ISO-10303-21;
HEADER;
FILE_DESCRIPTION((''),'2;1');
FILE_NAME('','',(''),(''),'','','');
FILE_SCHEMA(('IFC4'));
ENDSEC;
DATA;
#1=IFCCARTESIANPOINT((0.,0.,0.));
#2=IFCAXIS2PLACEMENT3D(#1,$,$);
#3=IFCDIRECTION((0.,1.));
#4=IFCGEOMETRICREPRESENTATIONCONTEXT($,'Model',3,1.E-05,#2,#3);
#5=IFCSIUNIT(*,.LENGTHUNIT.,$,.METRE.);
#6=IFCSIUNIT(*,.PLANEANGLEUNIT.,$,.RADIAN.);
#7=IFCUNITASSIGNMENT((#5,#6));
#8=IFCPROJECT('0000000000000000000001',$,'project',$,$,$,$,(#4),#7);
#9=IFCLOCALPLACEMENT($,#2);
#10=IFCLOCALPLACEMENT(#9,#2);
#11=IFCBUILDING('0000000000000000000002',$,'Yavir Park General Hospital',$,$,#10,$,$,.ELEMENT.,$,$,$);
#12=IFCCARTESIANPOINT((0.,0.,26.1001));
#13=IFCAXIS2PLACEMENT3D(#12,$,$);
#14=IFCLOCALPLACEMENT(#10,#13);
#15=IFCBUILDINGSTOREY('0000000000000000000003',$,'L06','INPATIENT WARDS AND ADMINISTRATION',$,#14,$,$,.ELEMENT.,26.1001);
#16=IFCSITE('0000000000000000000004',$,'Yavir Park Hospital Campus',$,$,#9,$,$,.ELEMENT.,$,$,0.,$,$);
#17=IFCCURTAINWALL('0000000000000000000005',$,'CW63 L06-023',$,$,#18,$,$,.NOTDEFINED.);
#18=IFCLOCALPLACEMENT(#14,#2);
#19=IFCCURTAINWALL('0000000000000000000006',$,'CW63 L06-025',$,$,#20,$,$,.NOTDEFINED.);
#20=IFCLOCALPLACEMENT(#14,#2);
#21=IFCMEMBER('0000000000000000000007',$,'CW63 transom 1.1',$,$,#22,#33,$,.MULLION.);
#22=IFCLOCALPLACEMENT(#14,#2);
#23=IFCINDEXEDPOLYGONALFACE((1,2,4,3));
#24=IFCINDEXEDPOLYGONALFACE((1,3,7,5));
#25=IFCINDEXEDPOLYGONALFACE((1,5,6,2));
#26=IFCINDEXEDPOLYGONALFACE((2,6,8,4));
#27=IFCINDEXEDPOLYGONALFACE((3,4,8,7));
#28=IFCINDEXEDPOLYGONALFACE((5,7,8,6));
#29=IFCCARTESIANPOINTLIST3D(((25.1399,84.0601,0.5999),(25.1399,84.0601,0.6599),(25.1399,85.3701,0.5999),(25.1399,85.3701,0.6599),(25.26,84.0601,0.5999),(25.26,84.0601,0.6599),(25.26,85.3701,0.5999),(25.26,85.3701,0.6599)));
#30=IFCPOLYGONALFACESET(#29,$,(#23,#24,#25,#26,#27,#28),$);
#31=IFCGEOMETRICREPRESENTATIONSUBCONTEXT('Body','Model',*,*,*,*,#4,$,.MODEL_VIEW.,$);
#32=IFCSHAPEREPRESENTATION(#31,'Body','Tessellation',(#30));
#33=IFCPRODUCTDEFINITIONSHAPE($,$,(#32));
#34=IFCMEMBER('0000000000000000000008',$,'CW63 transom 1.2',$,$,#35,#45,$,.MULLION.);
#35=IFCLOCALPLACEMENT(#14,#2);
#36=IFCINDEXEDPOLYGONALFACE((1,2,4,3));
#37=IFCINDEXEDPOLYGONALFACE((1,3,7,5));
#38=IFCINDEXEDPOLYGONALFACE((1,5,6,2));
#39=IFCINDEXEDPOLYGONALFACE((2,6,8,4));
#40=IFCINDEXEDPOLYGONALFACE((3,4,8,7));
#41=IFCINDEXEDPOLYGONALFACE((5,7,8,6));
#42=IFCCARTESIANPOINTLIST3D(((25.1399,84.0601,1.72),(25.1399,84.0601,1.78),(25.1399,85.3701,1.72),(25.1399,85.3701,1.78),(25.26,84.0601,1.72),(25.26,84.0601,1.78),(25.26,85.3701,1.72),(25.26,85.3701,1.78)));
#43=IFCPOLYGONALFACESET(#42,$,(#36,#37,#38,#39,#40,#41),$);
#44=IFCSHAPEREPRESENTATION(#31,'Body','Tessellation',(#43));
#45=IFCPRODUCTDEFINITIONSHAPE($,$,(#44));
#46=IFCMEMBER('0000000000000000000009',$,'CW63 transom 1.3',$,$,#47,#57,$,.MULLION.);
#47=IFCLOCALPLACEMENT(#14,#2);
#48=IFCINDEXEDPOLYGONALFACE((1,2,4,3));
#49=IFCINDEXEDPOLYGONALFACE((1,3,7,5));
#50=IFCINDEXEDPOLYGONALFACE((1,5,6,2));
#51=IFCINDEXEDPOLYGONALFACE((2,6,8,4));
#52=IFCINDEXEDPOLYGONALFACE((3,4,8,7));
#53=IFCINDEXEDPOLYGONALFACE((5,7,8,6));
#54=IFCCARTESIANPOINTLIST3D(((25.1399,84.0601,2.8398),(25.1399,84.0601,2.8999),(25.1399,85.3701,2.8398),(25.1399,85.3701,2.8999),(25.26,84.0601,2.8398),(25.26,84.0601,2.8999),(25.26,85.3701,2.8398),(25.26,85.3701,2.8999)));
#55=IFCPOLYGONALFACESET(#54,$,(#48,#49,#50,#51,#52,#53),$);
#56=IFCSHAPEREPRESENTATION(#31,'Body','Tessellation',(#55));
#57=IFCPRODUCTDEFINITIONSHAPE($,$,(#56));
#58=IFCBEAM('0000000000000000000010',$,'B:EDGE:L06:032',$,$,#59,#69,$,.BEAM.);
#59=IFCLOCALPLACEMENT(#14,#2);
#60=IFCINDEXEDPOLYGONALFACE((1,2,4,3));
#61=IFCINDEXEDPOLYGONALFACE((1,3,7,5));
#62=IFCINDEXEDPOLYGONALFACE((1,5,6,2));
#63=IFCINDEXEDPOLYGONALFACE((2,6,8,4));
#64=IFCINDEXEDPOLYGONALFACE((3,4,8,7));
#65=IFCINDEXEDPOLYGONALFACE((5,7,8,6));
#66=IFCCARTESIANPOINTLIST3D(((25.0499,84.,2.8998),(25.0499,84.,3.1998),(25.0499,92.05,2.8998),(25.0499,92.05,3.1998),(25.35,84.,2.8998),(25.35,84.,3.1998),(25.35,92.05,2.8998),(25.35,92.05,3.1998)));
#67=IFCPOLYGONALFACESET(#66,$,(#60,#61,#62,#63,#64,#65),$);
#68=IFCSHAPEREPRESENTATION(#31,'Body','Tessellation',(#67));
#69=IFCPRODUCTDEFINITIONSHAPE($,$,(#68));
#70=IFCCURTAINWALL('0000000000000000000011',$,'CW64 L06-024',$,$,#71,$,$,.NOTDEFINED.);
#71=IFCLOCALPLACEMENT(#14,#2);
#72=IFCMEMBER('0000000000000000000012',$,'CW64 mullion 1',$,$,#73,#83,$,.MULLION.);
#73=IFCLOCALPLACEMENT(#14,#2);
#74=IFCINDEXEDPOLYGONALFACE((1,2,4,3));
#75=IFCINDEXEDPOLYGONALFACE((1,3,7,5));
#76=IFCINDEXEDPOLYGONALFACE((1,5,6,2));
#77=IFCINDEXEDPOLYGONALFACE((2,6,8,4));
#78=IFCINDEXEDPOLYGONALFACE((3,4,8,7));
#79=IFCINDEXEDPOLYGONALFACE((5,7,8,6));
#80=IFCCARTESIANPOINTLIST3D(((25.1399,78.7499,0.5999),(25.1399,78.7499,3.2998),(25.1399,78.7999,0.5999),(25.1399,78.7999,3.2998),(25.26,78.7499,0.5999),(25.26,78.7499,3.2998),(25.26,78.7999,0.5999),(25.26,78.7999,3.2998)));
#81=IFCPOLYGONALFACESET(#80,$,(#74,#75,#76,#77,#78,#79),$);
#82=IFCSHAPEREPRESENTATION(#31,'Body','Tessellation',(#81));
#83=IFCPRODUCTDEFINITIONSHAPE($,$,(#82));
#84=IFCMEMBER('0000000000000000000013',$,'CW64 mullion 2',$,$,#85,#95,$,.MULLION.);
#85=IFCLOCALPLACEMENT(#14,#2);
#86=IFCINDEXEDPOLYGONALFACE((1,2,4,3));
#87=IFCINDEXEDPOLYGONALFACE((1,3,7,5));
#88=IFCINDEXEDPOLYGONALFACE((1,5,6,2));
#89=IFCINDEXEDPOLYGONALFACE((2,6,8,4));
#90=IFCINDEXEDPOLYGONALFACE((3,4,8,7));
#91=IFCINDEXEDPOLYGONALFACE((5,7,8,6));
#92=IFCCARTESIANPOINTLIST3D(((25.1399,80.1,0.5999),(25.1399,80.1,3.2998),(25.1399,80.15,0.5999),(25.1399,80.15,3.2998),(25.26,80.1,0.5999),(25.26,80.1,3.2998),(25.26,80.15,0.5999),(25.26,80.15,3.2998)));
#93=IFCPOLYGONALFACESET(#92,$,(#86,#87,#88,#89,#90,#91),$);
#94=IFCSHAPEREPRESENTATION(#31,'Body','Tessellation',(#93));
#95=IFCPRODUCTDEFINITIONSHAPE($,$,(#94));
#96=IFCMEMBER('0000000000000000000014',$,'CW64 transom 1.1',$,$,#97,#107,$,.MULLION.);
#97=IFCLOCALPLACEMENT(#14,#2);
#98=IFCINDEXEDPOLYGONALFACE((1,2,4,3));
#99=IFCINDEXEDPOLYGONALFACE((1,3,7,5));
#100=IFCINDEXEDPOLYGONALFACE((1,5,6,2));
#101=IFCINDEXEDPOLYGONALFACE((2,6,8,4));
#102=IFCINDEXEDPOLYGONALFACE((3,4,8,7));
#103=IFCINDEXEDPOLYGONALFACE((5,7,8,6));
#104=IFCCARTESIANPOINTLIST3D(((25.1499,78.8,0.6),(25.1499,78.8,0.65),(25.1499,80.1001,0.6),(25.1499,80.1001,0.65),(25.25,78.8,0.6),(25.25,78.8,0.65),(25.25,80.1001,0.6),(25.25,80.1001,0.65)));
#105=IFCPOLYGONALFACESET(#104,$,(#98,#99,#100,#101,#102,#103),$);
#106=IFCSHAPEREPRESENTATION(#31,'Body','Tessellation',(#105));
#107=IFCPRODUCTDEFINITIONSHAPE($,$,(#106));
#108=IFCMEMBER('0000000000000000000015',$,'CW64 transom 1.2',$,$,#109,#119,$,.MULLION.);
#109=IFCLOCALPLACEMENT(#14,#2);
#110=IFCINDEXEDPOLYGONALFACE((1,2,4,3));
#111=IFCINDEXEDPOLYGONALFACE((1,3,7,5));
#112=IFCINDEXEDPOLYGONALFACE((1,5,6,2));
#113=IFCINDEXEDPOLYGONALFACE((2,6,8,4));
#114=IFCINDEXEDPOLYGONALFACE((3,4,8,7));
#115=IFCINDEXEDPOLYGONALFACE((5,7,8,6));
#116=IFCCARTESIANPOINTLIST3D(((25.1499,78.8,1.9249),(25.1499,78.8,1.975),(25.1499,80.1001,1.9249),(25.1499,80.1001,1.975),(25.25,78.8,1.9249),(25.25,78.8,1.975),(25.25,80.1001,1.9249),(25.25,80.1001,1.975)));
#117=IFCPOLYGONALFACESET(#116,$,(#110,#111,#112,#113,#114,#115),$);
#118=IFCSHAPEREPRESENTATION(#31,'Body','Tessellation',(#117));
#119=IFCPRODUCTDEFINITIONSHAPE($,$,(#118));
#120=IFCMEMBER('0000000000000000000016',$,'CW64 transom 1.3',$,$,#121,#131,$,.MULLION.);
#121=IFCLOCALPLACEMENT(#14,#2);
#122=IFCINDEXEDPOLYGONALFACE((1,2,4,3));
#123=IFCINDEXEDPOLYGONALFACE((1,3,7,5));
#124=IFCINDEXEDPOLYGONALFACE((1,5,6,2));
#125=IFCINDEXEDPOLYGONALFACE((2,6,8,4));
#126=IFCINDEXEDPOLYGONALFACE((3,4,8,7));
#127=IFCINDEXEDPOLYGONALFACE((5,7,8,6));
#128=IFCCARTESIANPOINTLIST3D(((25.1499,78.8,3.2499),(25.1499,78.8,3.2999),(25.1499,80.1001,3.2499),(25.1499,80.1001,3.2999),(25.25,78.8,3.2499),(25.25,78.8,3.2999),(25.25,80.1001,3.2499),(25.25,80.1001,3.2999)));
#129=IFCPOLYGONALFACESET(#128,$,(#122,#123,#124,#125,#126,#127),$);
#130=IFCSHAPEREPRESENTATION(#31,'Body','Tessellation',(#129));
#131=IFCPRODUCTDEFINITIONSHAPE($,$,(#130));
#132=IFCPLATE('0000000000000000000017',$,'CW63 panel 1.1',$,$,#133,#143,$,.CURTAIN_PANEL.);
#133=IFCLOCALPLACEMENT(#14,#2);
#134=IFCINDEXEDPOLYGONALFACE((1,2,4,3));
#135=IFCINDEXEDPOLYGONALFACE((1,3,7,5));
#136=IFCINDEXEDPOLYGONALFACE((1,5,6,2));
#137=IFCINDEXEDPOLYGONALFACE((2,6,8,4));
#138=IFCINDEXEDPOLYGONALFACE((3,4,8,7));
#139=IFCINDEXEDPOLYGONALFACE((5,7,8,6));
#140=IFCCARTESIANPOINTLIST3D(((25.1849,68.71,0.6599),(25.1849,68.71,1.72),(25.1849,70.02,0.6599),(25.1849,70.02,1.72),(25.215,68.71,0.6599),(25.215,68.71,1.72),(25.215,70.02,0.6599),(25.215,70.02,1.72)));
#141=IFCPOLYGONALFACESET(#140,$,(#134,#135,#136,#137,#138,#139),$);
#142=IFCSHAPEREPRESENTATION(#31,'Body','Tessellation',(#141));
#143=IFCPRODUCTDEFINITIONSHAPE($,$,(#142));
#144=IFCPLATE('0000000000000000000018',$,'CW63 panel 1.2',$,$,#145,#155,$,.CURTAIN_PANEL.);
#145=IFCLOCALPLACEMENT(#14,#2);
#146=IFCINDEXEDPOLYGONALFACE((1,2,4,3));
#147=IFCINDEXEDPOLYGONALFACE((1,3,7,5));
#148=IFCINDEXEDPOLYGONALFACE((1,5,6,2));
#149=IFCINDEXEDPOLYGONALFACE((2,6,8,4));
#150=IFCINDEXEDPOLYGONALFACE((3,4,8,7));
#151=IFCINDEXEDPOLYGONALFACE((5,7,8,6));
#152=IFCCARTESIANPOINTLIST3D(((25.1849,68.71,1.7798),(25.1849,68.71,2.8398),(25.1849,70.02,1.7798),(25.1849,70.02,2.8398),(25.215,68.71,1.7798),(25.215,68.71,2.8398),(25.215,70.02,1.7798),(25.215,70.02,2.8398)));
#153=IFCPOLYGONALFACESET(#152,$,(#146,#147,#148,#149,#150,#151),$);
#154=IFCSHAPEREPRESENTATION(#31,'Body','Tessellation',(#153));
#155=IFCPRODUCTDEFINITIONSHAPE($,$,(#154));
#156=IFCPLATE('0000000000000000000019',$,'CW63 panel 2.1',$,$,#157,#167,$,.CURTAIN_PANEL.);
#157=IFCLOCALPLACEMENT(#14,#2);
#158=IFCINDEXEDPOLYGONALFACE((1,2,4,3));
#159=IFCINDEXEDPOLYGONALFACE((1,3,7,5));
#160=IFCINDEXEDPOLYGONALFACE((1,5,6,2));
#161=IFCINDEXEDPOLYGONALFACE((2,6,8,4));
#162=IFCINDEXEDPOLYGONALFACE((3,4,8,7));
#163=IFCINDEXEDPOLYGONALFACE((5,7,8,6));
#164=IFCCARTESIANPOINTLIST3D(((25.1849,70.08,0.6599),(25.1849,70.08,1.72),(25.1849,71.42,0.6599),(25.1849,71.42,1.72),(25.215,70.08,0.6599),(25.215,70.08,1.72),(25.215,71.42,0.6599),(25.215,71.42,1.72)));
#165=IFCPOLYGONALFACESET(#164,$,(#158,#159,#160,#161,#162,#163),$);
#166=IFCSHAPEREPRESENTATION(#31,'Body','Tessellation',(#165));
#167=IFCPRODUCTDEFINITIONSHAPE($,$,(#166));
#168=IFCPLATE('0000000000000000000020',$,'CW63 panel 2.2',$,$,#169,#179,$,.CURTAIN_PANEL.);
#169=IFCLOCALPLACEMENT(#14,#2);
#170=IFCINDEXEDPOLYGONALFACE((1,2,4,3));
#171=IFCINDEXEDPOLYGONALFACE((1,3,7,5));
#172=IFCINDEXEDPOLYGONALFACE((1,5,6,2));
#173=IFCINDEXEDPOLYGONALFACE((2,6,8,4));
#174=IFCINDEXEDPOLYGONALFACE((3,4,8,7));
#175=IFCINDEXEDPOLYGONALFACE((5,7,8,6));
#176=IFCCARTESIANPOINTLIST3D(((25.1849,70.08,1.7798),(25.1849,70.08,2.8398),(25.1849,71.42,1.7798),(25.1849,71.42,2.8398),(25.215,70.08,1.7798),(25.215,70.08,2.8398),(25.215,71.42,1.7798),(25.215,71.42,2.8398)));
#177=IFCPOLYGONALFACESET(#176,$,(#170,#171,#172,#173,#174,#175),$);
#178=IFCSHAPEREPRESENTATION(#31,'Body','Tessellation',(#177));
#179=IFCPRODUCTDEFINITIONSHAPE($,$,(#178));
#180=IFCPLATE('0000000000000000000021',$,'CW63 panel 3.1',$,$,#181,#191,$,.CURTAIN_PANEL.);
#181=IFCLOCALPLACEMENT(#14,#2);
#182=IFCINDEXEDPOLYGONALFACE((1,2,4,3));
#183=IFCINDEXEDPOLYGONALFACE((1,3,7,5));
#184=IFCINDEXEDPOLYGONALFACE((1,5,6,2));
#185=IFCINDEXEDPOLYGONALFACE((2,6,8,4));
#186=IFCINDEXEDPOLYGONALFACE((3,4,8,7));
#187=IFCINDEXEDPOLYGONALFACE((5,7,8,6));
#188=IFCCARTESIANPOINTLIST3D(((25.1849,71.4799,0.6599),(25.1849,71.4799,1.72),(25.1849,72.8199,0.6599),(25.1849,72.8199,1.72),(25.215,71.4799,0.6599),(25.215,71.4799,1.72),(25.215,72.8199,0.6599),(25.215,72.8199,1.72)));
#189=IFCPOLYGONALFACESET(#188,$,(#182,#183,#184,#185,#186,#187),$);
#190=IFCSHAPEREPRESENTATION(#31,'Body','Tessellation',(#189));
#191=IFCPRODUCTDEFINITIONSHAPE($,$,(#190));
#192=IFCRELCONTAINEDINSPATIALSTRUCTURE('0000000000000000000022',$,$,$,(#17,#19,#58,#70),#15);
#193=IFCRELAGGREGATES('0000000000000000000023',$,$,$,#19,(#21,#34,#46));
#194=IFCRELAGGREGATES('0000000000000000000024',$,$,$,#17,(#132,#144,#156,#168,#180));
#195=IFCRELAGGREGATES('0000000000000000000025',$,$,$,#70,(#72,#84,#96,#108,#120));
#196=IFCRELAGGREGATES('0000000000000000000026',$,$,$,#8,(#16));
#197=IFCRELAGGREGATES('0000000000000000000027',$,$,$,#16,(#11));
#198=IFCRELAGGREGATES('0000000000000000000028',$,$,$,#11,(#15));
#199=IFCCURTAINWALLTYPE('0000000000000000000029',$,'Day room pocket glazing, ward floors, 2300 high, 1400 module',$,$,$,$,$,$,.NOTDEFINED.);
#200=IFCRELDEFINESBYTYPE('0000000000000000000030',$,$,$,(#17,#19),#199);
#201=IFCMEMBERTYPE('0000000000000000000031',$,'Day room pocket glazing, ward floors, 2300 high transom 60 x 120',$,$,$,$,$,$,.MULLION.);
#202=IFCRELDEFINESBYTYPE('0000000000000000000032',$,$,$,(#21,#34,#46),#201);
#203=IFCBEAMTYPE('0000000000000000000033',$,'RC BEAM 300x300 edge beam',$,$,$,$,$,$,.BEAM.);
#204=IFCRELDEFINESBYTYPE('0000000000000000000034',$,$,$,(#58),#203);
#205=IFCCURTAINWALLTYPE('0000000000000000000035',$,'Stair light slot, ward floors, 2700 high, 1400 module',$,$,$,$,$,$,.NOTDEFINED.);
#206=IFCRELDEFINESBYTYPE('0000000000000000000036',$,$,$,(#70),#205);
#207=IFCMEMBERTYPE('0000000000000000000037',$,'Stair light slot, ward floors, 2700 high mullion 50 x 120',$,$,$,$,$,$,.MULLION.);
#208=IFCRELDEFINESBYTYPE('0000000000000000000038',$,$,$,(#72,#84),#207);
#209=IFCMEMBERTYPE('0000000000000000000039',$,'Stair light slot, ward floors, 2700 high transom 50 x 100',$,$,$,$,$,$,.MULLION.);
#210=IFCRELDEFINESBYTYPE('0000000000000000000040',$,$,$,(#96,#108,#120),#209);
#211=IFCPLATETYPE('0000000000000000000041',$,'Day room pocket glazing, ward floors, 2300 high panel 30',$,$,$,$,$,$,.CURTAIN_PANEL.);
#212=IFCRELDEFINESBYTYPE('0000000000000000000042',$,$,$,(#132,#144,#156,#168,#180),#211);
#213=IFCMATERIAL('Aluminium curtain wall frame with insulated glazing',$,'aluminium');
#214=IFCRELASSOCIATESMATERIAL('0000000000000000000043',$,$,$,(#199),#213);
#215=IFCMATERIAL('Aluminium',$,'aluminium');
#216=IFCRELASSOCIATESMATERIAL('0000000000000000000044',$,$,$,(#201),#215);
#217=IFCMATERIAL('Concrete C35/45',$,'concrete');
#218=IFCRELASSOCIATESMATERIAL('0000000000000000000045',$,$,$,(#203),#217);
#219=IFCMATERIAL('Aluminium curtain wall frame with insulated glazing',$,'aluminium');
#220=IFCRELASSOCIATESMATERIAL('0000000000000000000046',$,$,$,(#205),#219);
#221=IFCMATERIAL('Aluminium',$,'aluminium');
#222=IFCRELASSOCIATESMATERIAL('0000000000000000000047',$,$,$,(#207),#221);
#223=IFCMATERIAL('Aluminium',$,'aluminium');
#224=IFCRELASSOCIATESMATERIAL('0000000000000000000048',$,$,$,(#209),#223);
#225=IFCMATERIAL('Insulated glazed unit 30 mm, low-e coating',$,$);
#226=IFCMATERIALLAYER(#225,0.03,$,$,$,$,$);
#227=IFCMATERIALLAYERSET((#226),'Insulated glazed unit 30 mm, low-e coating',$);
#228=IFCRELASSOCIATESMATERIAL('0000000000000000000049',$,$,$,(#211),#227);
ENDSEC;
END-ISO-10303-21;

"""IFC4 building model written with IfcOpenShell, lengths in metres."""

from ifc_helpers import new_model, si_unit, direction, frame, origin, origin_2d, place, context, subcontext, project, spatial, rectangle, extrude, material, layer, layer_set, material_profile, profile_set, type_object, element, aggregate, save


model = new_model("IFC4")

# Units and contexts
model_context = context("Model", 3, precision=1e-05, world=origin(), true_north=direction((0.0, 1.0)))
body_context = subcontext(model_context, "Body", "Model", "MODEL_VIEW")
ifc_project = project(units=[si_unit("LENGTHUNIT", "METRE"), si_unit("PLANEANGLEUNIT", "RADIAN")], contexts=[model_context])

# Site, building, storey
site_placement = place(None, origin())
site = spatial("IfcSite", under=ifc_project, at=site_placement, Name="Yavir Park Hospital Campus", CompositionType="ELEMENT", RefElevation=0.0)
building_placement = place(site_placement, origin())
building = spatial("IfcBuilding", under=site, at=building_placement, Name="Yavir Park General Hospital", CompositionType="ELEMENT")
storey_placement = place(building_placement, frame((0.0, 0.0, 26.1001)))
storey = spatial("IfcBuildingStorey", under=building, at=storey_placement, Name="L06", Description="INPATIENT WARDS AND ADMINISTRATION", CompositionType="ELEMENT", Elevation=26.1001)

# Curtain wall
ifc_material_1 = material(Name="Aluminium curtain wall frame with insulated glazing", Category="aluminium")
curtain_wall_type_1 = type_object("IfcCurtainWallType", Name="Day room pocket glazing, ward floors, 2300 high, 1400 module", PredefinedType="NOTDEFINED", material=ifc_material_1)
curtain_wall_1_placement = place(storey_placement, origin())
curtain_wall_1 = element("IfcCurtainWall", 1, at=curtain_wall_1_placement, inside=storey, type_object=curtain_wall_type_1, Name="CW63 L06-023", PredefinedType="NOTDEFINED")

# Curtain wall
curtain_wall_2_placement = place(storey_placement, origin())
curtain_wall_2 = element("IfcCurtainWall", 2, at=curtain_wall_2_placement, inside=storey, type_object=curtain_wall_type_1, Name="CW63 L06-025", PredefinedType="NOTDEFINED")

# Members
ifc_material_2 = material(Name="Aluminium", Category="aluminium")
ifc_material_profile_1 = material_profile(ifc_material_2, rectangle(XDim=0.1201, YDim=0.0601, at=origin_2d()), Name="AL 120x60")
ifc_profile_set_1 = profile_set([ifc_material_profile_1], Name="Aluminium")
member_type_1 = type_object("IfcMemberType", Name="Day room pocket glazing, ward floors, 2300 high transom 60 x 120", PredefinedType="MULLION", material=ifc_profile_set_1)
member_1_placement = place(storey_placement, frame((25.2, 84.0601, 0.6299), z_axis=(0.0, 1.0, 0.0), x_axis=(-1.0, 0.0, 0.0)))
member_1 = element("IfcMember", 3, at=member_1_placement, type_object=member_type_1, Name="CW63 transom 1.1", PredefinedType="MULLION", context=body_context, shape_type="SweptSolid", body=[
    extrude(rectangle(XDim=0.1201, YDim=0.0601, at=origin_2d()), origin(), (0.0, 0.0, 1.0), 1.3101),
])
member_2_placement = place(storey_placement, frame((25.2, 84.0601, 1.75), z_axis=(0.0, 1.0, 0.0), x_axis=(-1.0, 0.0, 0.0)))
member_2 = element("IfcMember", 4, at=member_2_placement, type_object=member_type_1, Name="CW63 transom 1.2", PredefinedType="MULLION", context=body_context, shape_type="SweptSolid", body=[
    extrude(rectangle(XDim=0.1201, YDim=0.0601, at=origin_2d()), origin(), (0.0, 0.0, 1.0), 1.3101),
])
member_3_placement = place(storey_placement, frame((25.2, 84.0601, 2.8699), z_axis=(0.0, 1.0, 0.0), x_axis=(-1.0, 0.0, 0.0)))
member_3 = element("IfcMember", 5, at=member_3_placement, type_object=member_type_1, Name="CW63 transom 1.3", PredefinedType="MULLION", context=body_context, shape_type="SweptSolid", body=[
    extrude(rectangle(XDim=0.1201, YDim=0.0601, at=origin_2d()), origin(), (0.0, 0.0, 1.0), 1.3101),
])
aggregate(curtain_wall_2, [member_1, member_2, member_3])

# Beam
ifc_material_3 = material(Name="Concrete C35/45", Category="concrete")
ifc_material_profile_2 = material_profile(ifc_material_3, rectangle(XDim=0.3, YDim=0.3, at=origin_2d()), Name="RC300x300")
ifc_profile_set_2 = profile_set([ifc_material_profile_2], Name="Concrete C35/45")
beam_type = type_object("IfcBeamType", Name="RC BEAM 300x300 edge beam", PredefinedType="BEAM", material=ifc_profile_set_2)
beam_placement = place(storey_placement, frame((25.2, 84.0, 3.0498), z_axis=(0.0, 1.0, 0.0), x_axis=(-1.0, 0.0, 0.0)))
element("IfcBeam", 6, at=beam_placement, inside=storey, type_object=beam_type, Name="B:EDGE:L06:032", PredefinedType="BEAM", context=body_context, shape_type="SweptSolid", body=[
    extrude(rectangle(XDim=0.3, YDim=0.3, at=origin_2d()), origin(), (0.0, 0.0, 1.0), 8.05),
])

# Curtain wall, members
ifc_material_4 = material(Name="Aluminium curtain wall frame with insulated glazing", Category="aluminium")
curtain_wall_type_2 = type_object("IfcCurtainWallType", Name="Stair light slot, ward floors, 2700 high, 1400 module", PredefinedType="NOTDEFINED", material=ifc_material_4)
curtain_wall_3_placement = place(storey_placement, origin())
curtain_wall_3 = element("IfcCurtainWall", 7, at=curtain_wall_3_placement, inside=storey, type_object=curtain_wall_type_2, Name="CW64 L06-024", PredefinedType="NOTDEFINED")
ifc_material_5 = material(Name="Aluminium", Category="aluminium")
ifc_material_profile_3 = material_profile(ifc_material_5, rectangle(XDim=0.1201, YDim=0.05, at=origin_2d()), Name="AL 50x120")
ifc_profile_set_3 = profile_set([ifc_material_profile_3], Name="Aluminium")
member_type_2 = type_object("IfcMemberType", Name="Stair light slot, ward floors, 2700 high mullion 50 x 120", PredefinedType="MULLION", material=ifc_profile_set_3)
member_4_placement = place(storey_placement, frame((25.2, 78.7749, 0.5999), z_axis=(0.0, 0.0, 1.0), x_axis=(-1.0, 0.0, 0.0)))
member_4 = element("IfcMember", 8, at=member_4_placement, type_object=member_type_2, Name="CW64 mullion 1", PredefinedType="MULLION", context=body_context, shape_type="SweptSolid", body=[
    extrude(rectangle(XDim=0.1201, YDim=0.05, at=origin_2d()), origin(), (0.0, 0.0, 1.0), 2.7),
])
member_5_placement = place(storey_placement, frame((25.2, 80.125, 0.5999), z_axis=(0.0, 0.0, 1.0), x_axis=(-1.0, 0.0, 0.0)))
member_5 = element("IfcMember", 9, at=member_5_placement, type_object=member_type_2, Name="CW64 mullion 2", PredefinedType="MULLION", context=body_context, shape_type="SweptSolid", body=[
    extrude(rectangle(XDim=0.1201, YDim=0.05, at=origin_2d()), origin(), (0.0, 0.0, 1.0), 2.7),
])
ifc_material_6 = material(Name="Aluminium", Category="aluminium")
ifc_material_profile_4 = material_profile(ifc_material_6, rectangle(XDim=0.1001, YDim=0.05, at=origin_2d()), Name="AL 100x50")
ifc_profile_set_4 = profile_set([ifc_material_profile_4], Name="Aluminium")
member_type_3 = type_object("IfcMemberType", Name="Stair light slot, ward floors, 2700 high transom 50 x 100", PredefinedType="MULLION", material=ifc_profile_set_4)
member_6_placement = place(storey_placement, frame((25.2, 78.8, 0.625), z_axis=(0.0, 1.0, 0.0), x_axis=(-1.0, 0.0, 0.0)))
member_6 = element("IfcMember", 10, at=member_6_placement, type_object=member_type_3, Name="CW64 transom 1.1", PredefinedType="MULLION", context=body_context, shape_type="SweptSolid", body=[
    extrude(rectangle(XDim=0.1001, YDim=0.05, at=origin_2d()), origin(), (0.0, 0.0, 1.0), 1.3),
])
member_7_placement = place(storey_placement, frame((25.2, 78.8, 1.95), z_axis=(0.0, 1.0, 0.0), x_axis=(-1.0, 0.0, 0.0)))
member_7 = element("IfcMember", 11, at=member_7_placement, type_object=member_type_3, Name="CW64 transom 1.2", PredefinedType="MULLION", context=body_context, shape_type="SweptSolid", body=[
    extrude(rectangle(XDim=0.1001, YDim=0.05, at=origin_2d()), origin(), (0.0, 0.0, 1.0), 1.3),
])
member_8_placement = place(storey_placement, frame((25.2, 78.8, 3.2749), z_axis=(0.0, 1.0, 0.0), x_axis=(-1.0, 0.0, 0.0)))
member_8 = element("IfcMember", 12, at=member_8_placement, type_object=member_type_3, Name="CW64 transom 1.3", PredefinedType="MULLION", context=body_context, shape_type="SweptSolid", body=[
    extrude(rectangle(XDim=0.1001, YDim=0.05, at=origin_2d()), origin(), (0.0, 0.0, 1.0), 1.3),
])

# Plates
ifc_material_7 = material(Name="Insulated glazed unit 30 mm, low-e coating")
ifc_layer_1 = layer(ifc_material_7, 0.03)
ifc_layer_set_1 = layer_set([ifc_layer_1], Name="Insulated glazed unit 30 mm, low-e coating")
plate_type_1 = type_object("IfcPlateType", Name="Day room pocket glazing, ward floors, 2300 high panel 30", PredefinedType="CURTAIN_PANEL", material=ifc_layer_set_1)
plate_1_placement = place(storey_placement, frame((25.2, 69.365, 0.6599), z_axis=(0.0, 0.0, 1.0), x_axis=(0.0, 1.0, 0.0)))
plate_1 = element("IfcPlate", 13, at=plate_1_placement, type_object=plate_type_1, Name="CW63 panel 1.1", PredefinedType="CURTAIN_PANEL", context=body_context, shape_type="SweptSolid", body=[
    extrude(rectangle(XDim=1.3101, YDim=0.03, at=origin_2d()), origin(), (0.0, 0.0, 1.0), 1.0601),
])
plate_2_placement = place(storey_placement, frame((25.2, 69.365, 1.7798), z_axis=(0.0, 0.0, 1.0), x_axis=(0.0, 1.0, 0.0)))
plate_2 = element("IfcPlate", 14, at=plate_2_placement, type_object=plate_type_1, Name="CW63 panel 1.2", PredefinedType="CURTAIN_PANEL", context=body_context, shape_type="SweptSolid", body=[
    extrude(rectangle(XDim=1.3101, YDim=0.03, at=origin_2d()), origin(), (0.0, 0.0, 1.0), 1.0601),
])
plate_3_placement = place(storey_placement, frame((25.2, 70.75, 0.6599), z_axis=(0.0, 0.0, 1.0), x_axis=(0.0, 1.0, 0.0)))
plate_3 = element("IfcPlate", 15, at=plate_3_placement, type_object=plate_type_1, Name="CW63 panel 2.1", PredefinedType="CURTAIN_PANEL", context=body_context, shape_type="SweptSolid", body=[
    extrude(rectangle(XDim=1.3401, YDim=0.03, at=origin_2d()), origin(), (0.0, 0.0, 1.0), 1.0601),
])
plate_4_placement = place(storey_placement, frame((25.2, 70.75, 1.7798), z_axis=(0.0, 0.0, 1.0), x_axis=(0.0, 1.0, 0.0)))
plate_4 = element("IfcPlate", 16, at=plate_4_placement, type_object=plate_type_1, Name="CW63 panel 2.2", PredefinedType="CURTAIN_PANEL", context=body_context, shape_type="SweptSolid", body=[
    extrude(rectangle(XDim=1.3401, YDim=0.03, at=origin_2d()), origin(), (0.0, 0.0, 1.0), 1.0601),
])
plate_5_placement = place(storey_placement, frame((25.2, 72.1499, 0.6599), z_axis=(0.0, 0.0, 1.0), x_axis=(0.0, 1.0, 0.0)))
plate_5 = element("IfcPlate", 17, at=plate_5_placement, type_object=plate_type_1, Name="CW63 panel 3.1", PredefinedType="CURTAIN_PANEL", context=body_context, shape_type="SweptSolid", body=[
    extrude(rectangle(XDim=1.3401, YDim=0.03, at=origin_2d()), origin(), (0.0, 0.0, 1.0), 1.0601),
])
aggregate(curtain_wall_1, [plate_1, plate_2, plate_3, plate_4, plate_5])
aggregate(curtain_wall_3, [member_4, member_5, member_6, member_7, member_8])

save(model, "model.ifc")
